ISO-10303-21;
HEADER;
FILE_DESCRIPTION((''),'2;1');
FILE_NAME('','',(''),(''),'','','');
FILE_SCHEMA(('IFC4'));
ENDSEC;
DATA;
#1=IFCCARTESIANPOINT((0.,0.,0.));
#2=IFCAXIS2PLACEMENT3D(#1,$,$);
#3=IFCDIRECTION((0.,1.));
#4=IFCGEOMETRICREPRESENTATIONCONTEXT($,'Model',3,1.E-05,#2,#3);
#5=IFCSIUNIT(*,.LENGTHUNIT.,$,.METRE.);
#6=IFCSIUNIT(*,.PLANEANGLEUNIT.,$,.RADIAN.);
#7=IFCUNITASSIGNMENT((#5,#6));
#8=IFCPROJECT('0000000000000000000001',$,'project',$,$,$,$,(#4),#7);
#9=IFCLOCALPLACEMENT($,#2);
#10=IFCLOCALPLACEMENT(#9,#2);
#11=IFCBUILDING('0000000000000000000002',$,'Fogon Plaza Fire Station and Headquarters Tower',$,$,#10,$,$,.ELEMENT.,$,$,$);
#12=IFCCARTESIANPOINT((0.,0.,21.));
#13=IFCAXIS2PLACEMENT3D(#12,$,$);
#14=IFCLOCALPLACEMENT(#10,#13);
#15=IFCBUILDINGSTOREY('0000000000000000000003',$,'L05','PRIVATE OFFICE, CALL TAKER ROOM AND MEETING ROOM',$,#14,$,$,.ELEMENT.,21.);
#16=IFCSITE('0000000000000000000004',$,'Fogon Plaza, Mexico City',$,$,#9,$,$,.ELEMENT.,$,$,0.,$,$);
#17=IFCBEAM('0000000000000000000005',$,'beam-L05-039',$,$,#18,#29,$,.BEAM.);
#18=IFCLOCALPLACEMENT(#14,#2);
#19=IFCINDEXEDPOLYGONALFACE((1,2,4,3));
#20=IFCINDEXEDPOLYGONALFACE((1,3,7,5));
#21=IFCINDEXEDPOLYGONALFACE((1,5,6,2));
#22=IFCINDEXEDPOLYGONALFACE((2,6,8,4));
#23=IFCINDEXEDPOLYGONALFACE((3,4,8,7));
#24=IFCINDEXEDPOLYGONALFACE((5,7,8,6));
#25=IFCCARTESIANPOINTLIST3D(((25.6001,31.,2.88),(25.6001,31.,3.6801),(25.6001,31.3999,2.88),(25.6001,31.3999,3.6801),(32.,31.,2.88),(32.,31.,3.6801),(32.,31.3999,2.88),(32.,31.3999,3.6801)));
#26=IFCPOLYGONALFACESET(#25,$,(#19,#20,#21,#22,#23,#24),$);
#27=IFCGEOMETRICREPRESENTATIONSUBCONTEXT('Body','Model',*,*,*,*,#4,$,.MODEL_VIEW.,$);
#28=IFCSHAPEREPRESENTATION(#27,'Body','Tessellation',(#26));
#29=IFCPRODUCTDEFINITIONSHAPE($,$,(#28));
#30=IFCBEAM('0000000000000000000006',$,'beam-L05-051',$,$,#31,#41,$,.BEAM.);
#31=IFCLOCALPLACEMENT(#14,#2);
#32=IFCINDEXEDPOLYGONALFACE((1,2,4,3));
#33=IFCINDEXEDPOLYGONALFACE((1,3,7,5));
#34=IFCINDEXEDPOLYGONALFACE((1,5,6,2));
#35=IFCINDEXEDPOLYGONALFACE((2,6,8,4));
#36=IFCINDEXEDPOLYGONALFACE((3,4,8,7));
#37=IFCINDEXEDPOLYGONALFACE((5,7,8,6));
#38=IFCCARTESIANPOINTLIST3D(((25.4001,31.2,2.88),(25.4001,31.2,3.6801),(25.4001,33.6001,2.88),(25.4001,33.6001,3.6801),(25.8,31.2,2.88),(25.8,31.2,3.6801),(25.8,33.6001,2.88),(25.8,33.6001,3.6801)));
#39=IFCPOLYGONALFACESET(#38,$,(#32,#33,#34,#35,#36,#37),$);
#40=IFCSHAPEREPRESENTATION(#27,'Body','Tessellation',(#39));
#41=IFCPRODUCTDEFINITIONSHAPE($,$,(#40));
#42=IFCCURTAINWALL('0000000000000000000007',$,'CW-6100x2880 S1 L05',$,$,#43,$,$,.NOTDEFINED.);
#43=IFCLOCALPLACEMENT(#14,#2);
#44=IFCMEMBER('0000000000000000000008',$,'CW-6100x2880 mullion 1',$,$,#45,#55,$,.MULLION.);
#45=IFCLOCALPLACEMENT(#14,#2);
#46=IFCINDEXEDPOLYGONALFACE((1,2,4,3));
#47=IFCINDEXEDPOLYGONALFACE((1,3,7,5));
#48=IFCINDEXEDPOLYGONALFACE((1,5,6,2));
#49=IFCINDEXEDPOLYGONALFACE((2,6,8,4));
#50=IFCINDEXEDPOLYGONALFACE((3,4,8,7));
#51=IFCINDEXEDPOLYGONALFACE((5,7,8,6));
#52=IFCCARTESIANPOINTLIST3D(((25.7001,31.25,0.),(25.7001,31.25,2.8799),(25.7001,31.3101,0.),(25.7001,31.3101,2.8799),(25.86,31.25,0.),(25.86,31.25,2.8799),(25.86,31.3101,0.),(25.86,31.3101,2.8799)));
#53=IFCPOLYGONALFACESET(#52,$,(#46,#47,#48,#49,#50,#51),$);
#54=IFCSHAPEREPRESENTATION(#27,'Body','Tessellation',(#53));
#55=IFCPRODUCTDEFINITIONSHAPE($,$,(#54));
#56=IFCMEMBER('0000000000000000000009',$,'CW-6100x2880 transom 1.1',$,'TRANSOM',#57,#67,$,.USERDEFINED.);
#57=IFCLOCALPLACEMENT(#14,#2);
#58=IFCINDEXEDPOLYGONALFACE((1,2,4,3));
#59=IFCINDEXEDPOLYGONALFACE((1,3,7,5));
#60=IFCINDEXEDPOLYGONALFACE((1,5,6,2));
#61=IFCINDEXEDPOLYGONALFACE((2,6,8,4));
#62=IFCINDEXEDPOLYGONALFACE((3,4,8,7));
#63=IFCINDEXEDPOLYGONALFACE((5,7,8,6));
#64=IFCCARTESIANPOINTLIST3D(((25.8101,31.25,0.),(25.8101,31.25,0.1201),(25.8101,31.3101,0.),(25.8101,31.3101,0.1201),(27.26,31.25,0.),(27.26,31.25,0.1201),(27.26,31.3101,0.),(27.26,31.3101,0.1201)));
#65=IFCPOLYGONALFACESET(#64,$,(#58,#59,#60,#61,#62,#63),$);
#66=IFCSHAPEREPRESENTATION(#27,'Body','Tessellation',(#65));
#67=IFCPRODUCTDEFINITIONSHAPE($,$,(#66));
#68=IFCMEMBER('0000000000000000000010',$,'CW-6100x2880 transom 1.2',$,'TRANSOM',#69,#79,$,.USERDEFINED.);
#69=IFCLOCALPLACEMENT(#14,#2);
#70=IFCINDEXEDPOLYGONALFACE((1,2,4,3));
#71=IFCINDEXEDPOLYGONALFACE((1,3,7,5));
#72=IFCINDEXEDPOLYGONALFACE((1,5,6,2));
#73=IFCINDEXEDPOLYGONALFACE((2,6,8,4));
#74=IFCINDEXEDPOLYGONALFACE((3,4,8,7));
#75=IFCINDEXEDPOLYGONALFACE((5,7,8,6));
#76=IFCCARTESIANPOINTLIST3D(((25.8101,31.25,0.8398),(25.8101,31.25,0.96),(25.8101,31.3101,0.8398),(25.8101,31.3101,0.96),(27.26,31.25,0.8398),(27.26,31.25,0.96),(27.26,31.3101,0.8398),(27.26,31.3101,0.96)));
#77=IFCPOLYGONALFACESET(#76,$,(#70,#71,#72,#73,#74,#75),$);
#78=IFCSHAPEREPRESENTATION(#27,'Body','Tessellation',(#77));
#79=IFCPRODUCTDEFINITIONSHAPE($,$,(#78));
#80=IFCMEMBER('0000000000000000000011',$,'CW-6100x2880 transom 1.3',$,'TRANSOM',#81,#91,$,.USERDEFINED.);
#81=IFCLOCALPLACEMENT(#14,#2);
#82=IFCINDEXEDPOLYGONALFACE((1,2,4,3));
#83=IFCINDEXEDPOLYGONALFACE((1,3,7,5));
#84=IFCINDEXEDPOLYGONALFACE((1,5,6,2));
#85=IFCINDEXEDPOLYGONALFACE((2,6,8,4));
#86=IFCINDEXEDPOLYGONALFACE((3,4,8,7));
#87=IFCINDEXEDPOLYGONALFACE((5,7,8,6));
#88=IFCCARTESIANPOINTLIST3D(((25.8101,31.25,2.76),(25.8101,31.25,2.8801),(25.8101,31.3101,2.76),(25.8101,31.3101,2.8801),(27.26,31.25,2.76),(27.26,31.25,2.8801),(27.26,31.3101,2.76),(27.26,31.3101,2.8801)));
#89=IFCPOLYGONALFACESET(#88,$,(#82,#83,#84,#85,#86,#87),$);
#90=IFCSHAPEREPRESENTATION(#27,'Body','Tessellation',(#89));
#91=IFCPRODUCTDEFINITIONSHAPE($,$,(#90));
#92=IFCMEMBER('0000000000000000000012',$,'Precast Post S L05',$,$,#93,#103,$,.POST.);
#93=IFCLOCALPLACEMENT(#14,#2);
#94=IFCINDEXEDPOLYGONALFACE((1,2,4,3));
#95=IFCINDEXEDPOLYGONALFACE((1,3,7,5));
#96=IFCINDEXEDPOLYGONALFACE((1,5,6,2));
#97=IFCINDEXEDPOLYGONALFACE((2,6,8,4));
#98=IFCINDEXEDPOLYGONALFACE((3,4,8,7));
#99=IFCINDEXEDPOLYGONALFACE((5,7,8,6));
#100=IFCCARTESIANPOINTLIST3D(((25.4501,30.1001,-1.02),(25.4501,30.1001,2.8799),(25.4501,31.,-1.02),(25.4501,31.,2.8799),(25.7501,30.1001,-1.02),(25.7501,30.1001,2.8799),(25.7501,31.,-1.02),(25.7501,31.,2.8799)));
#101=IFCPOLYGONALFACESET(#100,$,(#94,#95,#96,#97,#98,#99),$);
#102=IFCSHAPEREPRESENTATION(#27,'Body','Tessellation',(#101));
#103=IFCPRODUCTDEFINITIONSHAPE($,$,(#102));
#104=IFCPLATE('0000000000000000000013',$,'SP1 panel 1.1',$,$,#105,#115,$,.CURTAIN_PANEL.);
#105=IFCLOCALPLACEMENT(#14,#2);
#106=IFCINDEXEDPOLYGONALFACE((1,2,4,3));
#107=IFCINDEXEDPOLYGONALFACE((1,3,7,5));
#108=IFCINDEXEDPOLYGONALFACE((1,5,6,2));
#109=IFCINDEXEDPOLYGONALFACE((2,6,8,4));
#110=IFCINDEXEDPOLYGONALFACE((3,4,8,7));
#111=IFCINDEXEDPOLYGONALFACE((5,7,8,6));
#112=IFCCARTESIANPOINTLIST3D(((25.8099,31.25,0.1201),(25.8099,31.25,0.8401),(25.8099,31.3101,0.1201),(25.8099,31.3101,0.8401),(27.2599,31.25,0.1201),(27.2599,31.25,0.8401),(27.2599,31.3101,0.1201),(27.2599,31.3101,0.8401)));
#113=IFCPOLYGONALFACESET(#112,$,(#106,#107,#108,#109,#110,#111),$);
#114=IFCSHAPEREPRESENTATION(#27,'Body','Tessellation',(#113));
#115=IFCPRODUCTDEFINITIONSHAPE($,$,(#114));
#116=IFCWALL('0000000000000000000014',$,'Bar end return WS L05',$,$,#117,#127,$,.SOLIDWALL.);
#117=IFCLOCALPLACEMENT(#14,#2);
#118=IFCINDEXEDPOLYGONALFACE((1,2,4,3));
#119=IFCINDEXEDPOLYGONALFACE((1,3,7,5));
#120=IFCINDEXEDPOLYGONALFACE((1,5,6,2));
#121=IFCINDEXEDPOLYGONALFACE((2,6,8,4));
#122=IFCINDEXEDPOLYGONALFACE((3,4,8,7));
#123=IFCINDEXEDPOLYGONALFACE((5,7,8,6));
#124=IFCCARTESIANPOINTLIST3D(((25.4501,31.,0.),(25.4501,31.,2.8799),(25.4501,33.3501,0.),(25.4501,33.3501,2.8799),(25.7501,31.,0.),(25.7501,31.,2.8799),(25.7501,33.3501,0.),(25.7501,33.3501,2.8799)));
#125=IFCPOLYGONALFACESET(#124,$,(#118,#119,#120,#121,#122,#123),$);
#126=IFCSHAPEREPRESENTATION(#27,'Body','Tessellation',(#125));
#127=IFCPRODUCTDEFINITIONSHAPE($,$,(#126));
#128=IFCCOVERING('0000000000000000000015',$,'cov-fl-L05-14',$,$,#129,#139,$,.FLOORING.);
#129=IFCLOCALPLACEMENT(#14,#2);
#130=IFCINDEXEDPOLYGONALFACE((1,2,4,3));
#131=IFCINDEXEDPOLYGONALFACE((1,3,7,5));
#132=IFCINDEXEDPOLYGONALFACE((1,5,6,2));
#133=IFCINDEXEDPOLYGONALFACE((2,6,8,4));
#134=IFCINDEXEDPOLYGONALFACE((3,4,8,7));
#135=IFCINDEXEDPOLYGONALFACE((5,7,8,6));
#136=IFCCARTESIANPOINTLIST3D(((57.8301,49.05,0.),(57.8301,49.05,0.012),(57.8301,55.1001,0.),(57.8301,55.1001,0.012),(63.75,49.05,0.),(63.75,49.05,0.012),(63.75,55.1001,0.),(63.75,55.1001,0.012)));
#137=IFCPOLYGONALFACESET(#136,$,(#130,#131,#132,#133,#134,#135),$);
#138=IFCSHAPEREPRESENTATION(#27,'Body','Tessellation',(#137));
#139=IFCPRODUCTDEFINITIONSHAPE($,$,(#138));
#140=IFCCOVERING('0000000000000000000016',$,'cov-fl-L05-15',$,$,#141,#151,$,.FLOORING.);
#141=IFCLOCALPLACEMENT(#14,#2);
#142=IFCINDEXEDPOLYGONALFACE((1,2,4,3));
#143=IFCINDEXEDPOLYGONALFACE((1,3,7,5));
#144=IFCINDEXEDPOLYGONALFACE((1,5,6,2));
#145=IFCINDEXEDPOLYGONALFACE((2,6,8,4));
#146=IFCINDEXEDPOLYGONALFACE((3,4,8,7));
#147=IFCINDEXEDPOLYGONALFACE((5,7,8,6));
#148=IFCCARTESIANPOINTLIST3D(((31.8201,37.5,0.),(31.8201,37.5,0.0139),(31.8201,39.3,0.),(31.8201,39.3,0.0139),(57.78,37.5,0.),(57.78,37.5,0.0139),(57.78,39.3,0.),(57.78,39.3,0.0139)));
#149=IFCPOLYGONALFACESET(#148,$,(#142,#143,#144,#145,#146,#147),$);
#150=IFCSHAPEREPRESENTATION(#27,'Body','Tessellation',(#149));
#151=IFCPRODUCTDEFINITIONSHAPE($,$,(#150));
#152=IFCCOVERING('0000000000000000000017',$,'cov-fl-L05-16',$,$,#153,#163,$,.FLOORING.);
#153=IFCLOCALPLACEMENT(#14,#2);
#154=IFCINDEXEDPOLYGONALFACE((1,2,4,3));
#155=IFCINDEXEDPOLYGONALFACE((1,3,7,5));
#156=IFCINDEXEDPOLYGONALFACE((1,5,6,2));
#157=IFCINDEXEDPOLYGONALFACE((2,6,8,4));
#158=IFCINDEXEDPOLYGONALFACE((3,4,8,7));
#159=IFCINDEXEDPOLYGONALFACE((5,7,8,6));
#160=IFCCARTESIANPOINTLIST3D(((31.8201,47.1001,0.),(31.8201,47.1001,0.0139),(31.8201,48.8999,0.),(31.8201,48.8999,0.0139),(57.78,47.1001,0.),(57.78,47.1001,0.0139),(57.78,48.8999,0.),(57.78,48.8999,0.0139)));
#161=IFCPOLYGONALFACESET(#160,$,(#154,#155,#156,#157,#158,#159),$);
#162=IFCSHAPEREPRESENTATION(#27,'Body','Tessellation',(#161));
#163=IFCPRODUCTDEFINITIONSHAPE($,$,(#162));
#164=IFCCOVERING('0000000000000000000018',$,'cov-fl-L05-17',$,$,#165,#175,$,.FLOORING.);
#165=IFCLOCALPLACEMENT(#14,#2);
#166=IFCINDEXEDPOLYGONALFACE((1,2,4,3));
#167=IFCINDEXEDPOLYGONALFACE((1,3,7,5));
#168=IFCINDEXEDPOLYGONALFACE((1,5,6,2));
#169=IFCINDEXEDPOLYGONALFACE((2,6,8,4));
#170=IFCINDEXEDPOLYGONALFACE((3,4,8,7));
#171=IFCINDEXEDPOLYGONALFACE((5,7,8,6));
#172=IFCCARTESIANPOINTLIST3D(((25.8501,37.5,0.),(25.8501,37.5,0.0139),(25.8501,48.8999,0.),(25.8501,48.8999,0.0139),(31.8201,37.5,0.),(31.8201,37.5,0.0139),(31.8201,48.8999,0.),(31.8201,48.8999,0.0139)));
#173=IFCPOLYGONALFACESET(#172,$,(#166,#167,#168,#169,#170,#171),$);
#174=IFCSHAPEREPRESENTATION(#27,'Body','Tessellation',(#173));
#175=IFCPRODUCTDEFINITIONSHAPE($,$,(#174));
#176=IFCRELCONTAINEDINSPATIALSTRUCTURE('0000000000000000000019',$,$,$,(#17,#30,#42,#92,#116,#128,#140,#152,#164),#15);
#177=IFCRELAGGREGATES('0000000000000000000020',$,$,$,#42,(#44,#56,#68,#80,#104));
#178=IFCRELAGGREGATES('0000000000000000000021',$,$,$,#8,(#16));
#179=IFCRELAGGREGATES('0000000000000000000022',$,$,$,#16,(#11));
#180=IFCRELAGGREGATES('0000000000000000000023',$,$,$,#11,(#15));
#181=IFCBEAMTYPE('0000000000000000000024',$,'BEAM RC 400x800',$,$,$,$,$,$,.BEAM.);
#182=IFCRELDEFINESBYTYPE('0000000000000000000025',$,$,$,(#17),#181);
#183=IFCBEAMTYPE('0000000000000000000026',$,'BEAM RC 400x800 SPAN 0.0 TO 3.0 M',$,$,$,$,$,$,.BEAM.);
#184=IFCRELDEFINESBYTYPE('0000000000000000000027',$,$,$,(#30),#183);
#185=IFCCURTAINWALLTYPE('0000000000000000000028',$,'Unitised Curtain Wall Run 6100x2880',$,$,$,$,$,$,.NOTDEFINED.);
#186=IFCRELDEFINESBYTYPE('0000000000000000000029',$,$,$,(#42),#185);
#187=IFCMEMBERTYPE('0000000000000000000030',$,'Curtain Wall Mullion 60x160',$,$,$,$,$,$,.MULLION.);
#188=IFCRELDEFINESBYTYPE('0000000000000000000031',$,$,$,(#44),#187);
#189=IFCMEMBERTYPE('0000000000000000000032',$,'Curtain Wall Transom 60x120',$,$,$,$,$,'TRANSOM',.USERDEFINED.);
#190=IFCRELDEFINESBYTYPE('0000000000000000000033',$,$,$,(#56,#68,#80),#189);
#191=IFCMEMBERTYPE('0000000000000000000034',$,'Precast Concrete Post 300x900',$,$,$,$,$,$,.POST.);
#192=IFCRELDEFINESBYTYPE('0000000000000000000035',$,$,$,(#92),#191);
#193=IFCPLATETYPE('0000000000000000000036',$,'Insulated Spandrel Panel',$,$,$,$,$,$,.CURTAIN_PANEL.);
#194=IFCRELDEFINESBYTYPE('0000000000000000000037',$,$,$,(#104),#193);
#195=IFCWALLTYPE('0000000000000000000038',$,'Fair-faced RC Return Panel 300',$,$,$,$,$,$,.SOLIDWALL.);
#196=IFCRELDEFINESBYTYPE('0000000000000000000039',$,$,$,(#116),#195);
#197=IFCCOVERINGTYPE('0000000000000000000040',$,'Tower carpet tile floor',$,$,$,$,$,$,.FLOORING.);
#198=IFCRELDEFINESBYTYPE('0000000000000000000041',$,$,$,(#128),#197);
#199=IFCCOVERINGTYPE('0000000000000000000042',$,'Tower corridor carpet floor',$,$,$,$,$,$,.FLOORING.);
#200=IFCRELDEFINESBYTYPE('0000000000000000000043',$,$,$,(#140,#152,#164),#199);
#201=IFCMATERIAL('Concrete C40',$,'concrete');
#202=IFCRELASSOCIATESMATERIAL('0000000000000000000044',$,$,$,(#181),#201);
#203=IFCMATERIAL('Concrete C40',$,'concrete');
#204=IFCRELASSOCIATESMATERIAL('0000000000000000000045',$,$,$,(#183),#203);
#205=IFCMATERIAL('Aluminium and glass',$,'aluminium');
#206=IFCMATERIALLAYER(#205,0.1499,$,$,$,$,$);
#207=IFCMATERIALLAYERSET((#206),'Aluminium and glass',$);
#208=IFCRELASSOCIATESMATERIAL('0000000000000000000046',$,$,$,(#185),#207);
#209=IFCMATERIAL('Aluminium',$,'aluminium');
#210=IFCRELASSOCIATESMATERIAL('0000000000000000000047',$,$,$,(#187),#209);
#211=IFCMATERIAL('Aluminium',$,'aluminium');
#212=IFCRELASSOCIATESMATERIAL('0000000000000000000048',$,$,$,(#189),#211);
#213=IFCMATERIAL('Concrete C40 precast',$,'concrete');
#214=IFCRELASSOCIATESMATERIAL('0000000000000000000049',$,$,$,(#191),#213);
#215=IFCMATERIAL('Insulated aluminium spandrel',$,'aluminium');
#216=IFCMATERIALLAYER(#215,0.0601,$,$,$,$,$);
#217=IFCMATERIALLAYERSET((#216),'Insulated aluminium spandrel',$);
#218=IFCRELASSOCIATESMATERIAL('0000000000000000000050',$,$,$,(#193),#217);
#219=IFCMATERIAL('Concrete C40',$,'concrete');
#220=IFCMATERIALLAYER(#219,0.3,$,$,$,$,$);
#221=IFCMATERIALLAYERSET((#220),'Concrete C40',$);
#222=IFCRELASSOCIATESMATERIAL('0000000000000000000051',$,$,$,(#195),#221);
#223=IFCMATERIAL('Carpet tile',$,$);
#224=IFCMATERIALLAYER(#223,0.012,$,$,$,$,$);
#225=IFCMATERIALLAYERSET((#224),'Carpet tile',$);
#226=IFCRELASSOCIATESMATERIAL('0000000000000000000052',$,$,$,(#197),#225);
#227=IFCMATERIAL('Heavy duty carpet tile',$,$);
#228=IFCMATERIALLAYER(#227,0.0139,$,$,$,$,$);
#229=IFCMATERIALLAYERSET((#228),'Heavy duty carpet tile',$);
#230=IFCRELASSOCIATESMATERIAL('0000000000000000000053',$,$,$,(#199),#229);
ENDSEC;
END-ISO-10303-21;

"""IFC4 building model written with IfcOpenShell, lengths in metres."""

from ifc_helpers import new_model, si_unit, direction, frame, frame_2d, origin, origin_2d, place, context, subcontext, project, spatial, polyline, rectangle, outline, extrude, material, layer, layer_set, material_profile, profile_set, type_object, element, aggregate, save


model = new_model("IFC4")

# Units and contexts
model_context = context("Model", 3, precision=1e-05, world=origin(), true_north=direction((0.0, 1.0)))
body_context = subcontext(model_context, "Body", "Model", "MODEL_VIEW")
ifc_project = project(units=[si_unit("LENGTHUNIT", "METRE"), si_unit("PLANEANGLEUNIT", "RADIAN")], contexts=[model_context])

# Site, building, storey
site_placement = place(None, origin())
site = spatial("IfcSite", under=ifc_project, at=site_placement, Name="Fogon Plaza, Mexico City", CompositionType="ELEMENT", RefElevation=0.0)
building_placement = place(site_placement, origin())
building = spatial("IfcBuilding", under=site, at=building_placement, Name="Fogon Plaza Fire Station and Headquarters Tower", CompositionType="ELEMENT")
storey_placement = place(building_placement, frame((0.0, 0.0, 21.0)))
storey = spatial("IfcBuildingStorey", under=building, at=storey_placement, Name="L05", Description="PRIVATE OFFICE, CALL TAKER ROOM AND MEETING ROOM", CompositionType="ELEMENT", Elevation=21.0)

# Beams
ifc_material_1 = material(Name="Concrete C40", Category="concrete")
ifc_material_profile_1 = material_profile(ifc_material_1, rectangle(XDim=0.3999, YDim=0.8, at=origin_2d()), Name="RC 400x800")
ifc_profile_set_1 = profile_set([ifc_material_profile_1], Name="Concrete C40")
beam_type_1 = type_object("IfcBeamType", Name="BEAM RC 400x800", PredefinedType="BEAM", material=ifc_profile_set_1)
beam_1_placement = place(storey_placement, frame((25.6001, 31.2, 3.28), z_axis=(1.0, 0.0, 0.0), x_axis=(0.0, 1.0, 0.0)))
element("IfcBeam", 1, at=beam_1_placement, inside=storey, type_object=beam_type_1, Name="beam-L05-039", PredefinedType="BEAM", context=body_context, shape_type="SweptSolid", body=[
    extrude(rectangle(XDim=0.3999, YDim=0.8, at=origin_2d()), origin(), (0.0, 0.0, 1.0), 6.3999),
])
ifc_material_2 = material(Name="Concrete C40", Category="concrete")
ifc_material_profile_2 = material_profile(ifc_material_2, rectangle(XDim=0.3999, YDim=0.8, at=origin_2d()), Name="RC 400x800")
ifc_profile_set_2 = profile_set([ifc_material_profile_2], Name="Concrete C40")
beam_type_2 = type_object("IfcBeamType", Name="BEAM RC 400x800 SPAN 0.0 TO 3.0 M", PredefinedType="BEAM", material=ifc_profile_set_2)
beam_2_placement = place(storey_placement, frame((25.6001, 31.2, 3.28), z_axis=(0.0, 1.0, 0.0), x_axis=(-1.0, 0.0, 0.0)))
element("IfcBeam", 2, at=beam_2_placement, inside=storey, type_object=beam_type_2, Name="beam-L05-051", PredefinedType="BEAM", context=body_context, shape_type="SweptSolid", body=[
    extrude(rectangle(XDim=0.3999, YDim=0.8, at=origin_2d()), origin(), (0.0, 0.0, 1.0), 2.4001),
])

# Curtain wall, members
ifc_material_3 = material(Name="Aluminium and glass", Category="aluminium")
ifc_layer_1 = layer(ifc_material_3, 0.1499)
ifc_layer_set_1 = layer_set([ifc_layer_1], Name="Aluminium and glass")
curtain_wall_type = type_object("IfcCurtainWallType", Name="Unitised Curtain Wall Run 6100x2880", PredefinedType="NOTDEFINED", material=ifc_layer_set_1)
curtain_wall_placement = place(storey_placement, origin())
curtain_wall = element("IfcCurtainWall", 3, at=curtain_wall_placement, inside=storey, type_object=curtain_wall_type, Name="CW-6100x2880 S1 L05", PredefinedType="NOTDEFINED")
ifc_material_4 = material(Name="Aluminium", Category="aluminium")
ifc_material_profile_3 = material_profile(ifc_material_4, rectangle(XDim=0.0601, YDim=0.1599, at=origin_2d()), Name="Curtain Wall Mullion 60x160")
ifc_profile_set_3 = profile_set([ifc_material_profile_3], Name="Aluminium")
member_type_1 = type_object("IfcMemberType", Name="Curtain Wall Mullion 60x160", PredefinedType="MULLION", material=ifc_profile_set_3)
member_1_placement = place(storey_placement, frame((25.78, 31.28, 0.0), z_axis=(0.0, 0.0, 1.0), x_axis=(0.0, 1.0, 0.0)))
member_1 = element("IfcMember", 4, at=member_1_placement, type_object=member_type_1, Name="CW-6100x2880 mullion 1", PredefinedType="MULLION", context=body_context, shape_type="SweptSolid", body=[
    extrude(rectangle(XDim=0.0601, YDim=0.1599, at=origin_2d()), origin(), (0.0, 0.0, 1.0), 2.8799),
])
ifc_material_5 = material(Name="Aluminium", Category="aluminium")
ifc_material_profile_4 = material_profile(ifc_material_5, rectangle(XDim=0.0601, YDim=0.1201, at=origin_2d()), Name="Curtain Wall Transom 60x120")
ifc_profile_set_4 = profile_set([ifc_material_profile_4], Name="Aluminium")
member_type_2 = type_object("IfcMemberType", Name="Curtain Wall Transom 60x120", ElementType="TRANSOM", PredefinedType="USERDEFINED", material=ifc_profile_set_4)
member_2_placement = place(storey_placement, frame((25.8101, 31.28, 0.0601), z_axis=(1.0, 0.0, 0.0), x_axis=(0.0, 1.0, 0.0)))
member_2 = element("IfcMember", 5, at=member_2_placement, type_object=member_type_2, Name="CW-6100x2880 transom 1.1", ObjectType="TRANSOM", PredefinedType="USERDEFINED", context=body_context, shape_type="SweptSolid", body=[
    extrude(rectangle(XDim=0.0601, YDim=0.1201, at=origin_2d()), origin(), (0.0, 0.0, 1.0), 1.45),
])
member_3_placement = place(storey_placement, frame((25.8101, 31.28, 0.8999), z_axis=(1.0, 0.0, 0.0), x_axis=(0.0, 1.0, 0.0)))
member_3 = element("IfcMember", 6, at=member_3_placement, type_object=member_type_2, Name="CW-6100x2880 transom 1.2", ObjectType="TRANSOM", PredefinedType="USERDEFINED", context=body_context, shape_type="SweptSolid", body=[
    extrude(rectangle(XDim=0.0601, YDim=0.1201, at=origin_2d()), origin(), (0.0, 0.0, 1.0), 1.45),
])
member_4_placement = place(storey_placement, frame((25.8101, 31.28, 2.8201), z_axis=(1.0, 0.0, 0.0), x_axis=(0.0, 1.0, 0.0)))
member_4 = element("IfcMember", 7, at=member_4_placement, type_object=member_type_2, Name="CW-6100x2880 transom 1.3", ObjectType="TRANSOM", PredefinedType="USERDEFINED", context=body_context, shape_type="SweptSolid", body=[
    extrude(rectangle(XDim=0.0601, YDim=0.1201, at=origin_2d()), origin(), (0.0, 0.0, 1.0), 1.45),
])

# Member
ifc_material_6 = material(Name="Concrete C40 precast", Category="concrete")
ifc_material_profile_5 = material_profile(ifc_material_6, rectangle(XDim=0.3, YDim=0.8999, at=origin_2d()), Name="Precast Concrete Post 300x900")
ifc_profile_set_5 = profile_set([ifc_material_profile_5], Name="Concrete C40 precast")
member_type_3 = type_object("IfcMemberType", Name="Precast Concrete Post 300x900", PredefinedType="POST", material=ifc_profile_set_5)
member_5_placement = place(storey_placement, frame((25.6001, 30.55, -1.02), z_axis=(0.0, 0.0, 1.0), x_axis=(1.0, 0.0, 0.0)))
element("IfcMember", 8, at=member_5_placement, inside=storey, type_object=member_type_3, Name="Precast Post S L05", PredefinedType="POST", context=body_context, shape_type="SweptSolid", body=[
    extrude(rectangle(XDim=0.3, YDim=0.8999, at=origin_2d()), origin(), (0.0, 0.0, 1.0), 3.8999),
])

# Plate
ifc_material_7 = material(Name="Insulated aluminium spandrel", Category="aluminium")
ifc_layer_2 = layer(ifc_material_7, 0.0601)
ifc_layer_set_2 = layer_set([ifc_layer_2], Name="Insulated aluminium spandrel")
plate_type = type_object("IfcPlateType", Name="Insulated Spandrel Panel", PredefinedType="CURTAIN_PANEL", material=ifc_layer_set_2)
plate_placement = place(storey_placement, frame((26.5349, 31.28, 0.1201), z_axis=(0.0, 0.0, 1.0), x_axis=(1.0, 0.0, 0.0)))
plate = element("IfcPlate", 9, at=plate_placement, type_object=plate_type, Name="SP1 panel 1.1", PredefinedType="CURTAIN_PANEL", context=body_context, shape_type="SweptSolid", body=[
    extrude(rectangle(XDim=1.45, YDim=0.0601, at=origin_2d()), origin(), (0.0, 0.0, 1.0), 0.72),
])
aggregate(curtain_wall, [member_1, member_2, member_3, member_4, plate])

# Wall
ifc_material_8 = material(Name="Concrete C40", Category="concrete")
ifc_layer_3 = layer(ifc_material_8, 0.3)
ifc_layer_set_3 = layer_set([ifc_layer_3], Name="Concrete C40")
wall_type = type_object("IfcWallType", Name="Fair-faced RC Return Panel 300", PredefinedType="SOLIDWALL", material=ifc_layer_set_3)
wall_placement = place(storey_placement, frame((25.6001, 31.0, 0.0), z_axis=(0.0, 0.0, 1.0), x_axis=(0.0, 1.0, 0.0)))
element("IfcWall", 10, at=wall_placement, inside=storey, type_object=wall_type, Name="Bar end return WS L05", PredefinedType="SOLIDWALL", context=body_context, shape_type="SweptSolid", body=[
    extrude(rectangle(XDim=2.3501, YDim=0.3, at=frame_2d((1.175, 0.0))), origin(), (0.0, 0.0, 1.0), 2.8799),
])

# Coverings
ifc_material_9 = material(Name="Carpet tile")
ifc_layer_4 = layer(ifc_material_9, 0.012)
ifc_layer_set_4 = layer_set([ifc_layer_4], Name="Carpet tile")
covering_type_1 = type_object("IfcCoveringType", Name="Tower carpet tile floor", PredefinedType="FLOORING", material=ifc_layer_set_4)
covering_1_placement = place(storey_placement, origin())
element("IfcCovering", 11, at=covering_1_placement, inside=storey, type_object=covering_type_1, Name="cov-fl-L05-14", PredefinedType="FLOORING", context=body_context, shape_type="SweptSolid", body=[
    extrude(outline(polyline([(63.75, 49.05), (63.75, 55.1001), (57.8301, 55.1001), (57.8301, 49.05), (63.75, 49.05)])), origin(), (0.0, 0.0, 1.0), 0.012),
])
ifc_material_10 = material(Name="Heavy duty carpet tile")
ifc_layer_5 = layer(ifc_material_10, 0.0139)
ifc_layer_set_5 = layer_set([ifc_layer_5], Name="Heavy duty carpet tile")
covering_type_2 = type_object("IfcCoveringType", Name="Tower corridor carpet floor", PredefinedType="FLOORING", material=ifc_layer_set_5)
covering_2_placement = place(storey_placement, origin())
element("IfcCovering", 12, at=covering_2_placement, inside=storey, type_object=covering_type_2, Name="cov-fl-L05-15", PredefinedType="FLOORING", context=body_context, shape_type="SweptSolid", body=[
    extrude(outline(polyline([(57.78, 37.5), (57.78, 39.3), (31.8201, 39.3), (31.8201, 37.5), (57.78, 37.5)])), origin(), (0.0, 0.0, 1.0), 0.0139),
])
covering_3_placement = place(storey_placement, origin())
element("IfcCovering", 13, at=covering_3_placement, inside=storey, type_object=covering_type_2, Name="cov-fl-L05-16", PredefinedType="FLOORING", context=body_context, shape_type="SweptSolid", body=[
    extrude(outline(polyline([(57.78, 47.1001), (57.78, 48.8999), (31.8201, 48.8999), (31.8201, 47.1001), (57.78, 47.1001)])), origin(), (0.0, 0.0, 1.0), 0.0139),
])
covering_4_placement = place(storey_placement, origin())
element("IfcCovering", 14, at=covering_4_placement, inside=storey, type_object=covering_type_2, Name="cov-fl-L05-17", PredefinedType="FLOORING", context=body_context, shape_type="SweptSolid", body=[
    extrude(outline(polyline([(31.8201, 37.5), (31.8201, 48.8999), (25.8501, 48.8999), (25.8501, 37.5), (31.8201, 37.5)])), origin(), (0.0, 0.0, 1.0), 0.0139),
])

save(model, "model.ifc")
